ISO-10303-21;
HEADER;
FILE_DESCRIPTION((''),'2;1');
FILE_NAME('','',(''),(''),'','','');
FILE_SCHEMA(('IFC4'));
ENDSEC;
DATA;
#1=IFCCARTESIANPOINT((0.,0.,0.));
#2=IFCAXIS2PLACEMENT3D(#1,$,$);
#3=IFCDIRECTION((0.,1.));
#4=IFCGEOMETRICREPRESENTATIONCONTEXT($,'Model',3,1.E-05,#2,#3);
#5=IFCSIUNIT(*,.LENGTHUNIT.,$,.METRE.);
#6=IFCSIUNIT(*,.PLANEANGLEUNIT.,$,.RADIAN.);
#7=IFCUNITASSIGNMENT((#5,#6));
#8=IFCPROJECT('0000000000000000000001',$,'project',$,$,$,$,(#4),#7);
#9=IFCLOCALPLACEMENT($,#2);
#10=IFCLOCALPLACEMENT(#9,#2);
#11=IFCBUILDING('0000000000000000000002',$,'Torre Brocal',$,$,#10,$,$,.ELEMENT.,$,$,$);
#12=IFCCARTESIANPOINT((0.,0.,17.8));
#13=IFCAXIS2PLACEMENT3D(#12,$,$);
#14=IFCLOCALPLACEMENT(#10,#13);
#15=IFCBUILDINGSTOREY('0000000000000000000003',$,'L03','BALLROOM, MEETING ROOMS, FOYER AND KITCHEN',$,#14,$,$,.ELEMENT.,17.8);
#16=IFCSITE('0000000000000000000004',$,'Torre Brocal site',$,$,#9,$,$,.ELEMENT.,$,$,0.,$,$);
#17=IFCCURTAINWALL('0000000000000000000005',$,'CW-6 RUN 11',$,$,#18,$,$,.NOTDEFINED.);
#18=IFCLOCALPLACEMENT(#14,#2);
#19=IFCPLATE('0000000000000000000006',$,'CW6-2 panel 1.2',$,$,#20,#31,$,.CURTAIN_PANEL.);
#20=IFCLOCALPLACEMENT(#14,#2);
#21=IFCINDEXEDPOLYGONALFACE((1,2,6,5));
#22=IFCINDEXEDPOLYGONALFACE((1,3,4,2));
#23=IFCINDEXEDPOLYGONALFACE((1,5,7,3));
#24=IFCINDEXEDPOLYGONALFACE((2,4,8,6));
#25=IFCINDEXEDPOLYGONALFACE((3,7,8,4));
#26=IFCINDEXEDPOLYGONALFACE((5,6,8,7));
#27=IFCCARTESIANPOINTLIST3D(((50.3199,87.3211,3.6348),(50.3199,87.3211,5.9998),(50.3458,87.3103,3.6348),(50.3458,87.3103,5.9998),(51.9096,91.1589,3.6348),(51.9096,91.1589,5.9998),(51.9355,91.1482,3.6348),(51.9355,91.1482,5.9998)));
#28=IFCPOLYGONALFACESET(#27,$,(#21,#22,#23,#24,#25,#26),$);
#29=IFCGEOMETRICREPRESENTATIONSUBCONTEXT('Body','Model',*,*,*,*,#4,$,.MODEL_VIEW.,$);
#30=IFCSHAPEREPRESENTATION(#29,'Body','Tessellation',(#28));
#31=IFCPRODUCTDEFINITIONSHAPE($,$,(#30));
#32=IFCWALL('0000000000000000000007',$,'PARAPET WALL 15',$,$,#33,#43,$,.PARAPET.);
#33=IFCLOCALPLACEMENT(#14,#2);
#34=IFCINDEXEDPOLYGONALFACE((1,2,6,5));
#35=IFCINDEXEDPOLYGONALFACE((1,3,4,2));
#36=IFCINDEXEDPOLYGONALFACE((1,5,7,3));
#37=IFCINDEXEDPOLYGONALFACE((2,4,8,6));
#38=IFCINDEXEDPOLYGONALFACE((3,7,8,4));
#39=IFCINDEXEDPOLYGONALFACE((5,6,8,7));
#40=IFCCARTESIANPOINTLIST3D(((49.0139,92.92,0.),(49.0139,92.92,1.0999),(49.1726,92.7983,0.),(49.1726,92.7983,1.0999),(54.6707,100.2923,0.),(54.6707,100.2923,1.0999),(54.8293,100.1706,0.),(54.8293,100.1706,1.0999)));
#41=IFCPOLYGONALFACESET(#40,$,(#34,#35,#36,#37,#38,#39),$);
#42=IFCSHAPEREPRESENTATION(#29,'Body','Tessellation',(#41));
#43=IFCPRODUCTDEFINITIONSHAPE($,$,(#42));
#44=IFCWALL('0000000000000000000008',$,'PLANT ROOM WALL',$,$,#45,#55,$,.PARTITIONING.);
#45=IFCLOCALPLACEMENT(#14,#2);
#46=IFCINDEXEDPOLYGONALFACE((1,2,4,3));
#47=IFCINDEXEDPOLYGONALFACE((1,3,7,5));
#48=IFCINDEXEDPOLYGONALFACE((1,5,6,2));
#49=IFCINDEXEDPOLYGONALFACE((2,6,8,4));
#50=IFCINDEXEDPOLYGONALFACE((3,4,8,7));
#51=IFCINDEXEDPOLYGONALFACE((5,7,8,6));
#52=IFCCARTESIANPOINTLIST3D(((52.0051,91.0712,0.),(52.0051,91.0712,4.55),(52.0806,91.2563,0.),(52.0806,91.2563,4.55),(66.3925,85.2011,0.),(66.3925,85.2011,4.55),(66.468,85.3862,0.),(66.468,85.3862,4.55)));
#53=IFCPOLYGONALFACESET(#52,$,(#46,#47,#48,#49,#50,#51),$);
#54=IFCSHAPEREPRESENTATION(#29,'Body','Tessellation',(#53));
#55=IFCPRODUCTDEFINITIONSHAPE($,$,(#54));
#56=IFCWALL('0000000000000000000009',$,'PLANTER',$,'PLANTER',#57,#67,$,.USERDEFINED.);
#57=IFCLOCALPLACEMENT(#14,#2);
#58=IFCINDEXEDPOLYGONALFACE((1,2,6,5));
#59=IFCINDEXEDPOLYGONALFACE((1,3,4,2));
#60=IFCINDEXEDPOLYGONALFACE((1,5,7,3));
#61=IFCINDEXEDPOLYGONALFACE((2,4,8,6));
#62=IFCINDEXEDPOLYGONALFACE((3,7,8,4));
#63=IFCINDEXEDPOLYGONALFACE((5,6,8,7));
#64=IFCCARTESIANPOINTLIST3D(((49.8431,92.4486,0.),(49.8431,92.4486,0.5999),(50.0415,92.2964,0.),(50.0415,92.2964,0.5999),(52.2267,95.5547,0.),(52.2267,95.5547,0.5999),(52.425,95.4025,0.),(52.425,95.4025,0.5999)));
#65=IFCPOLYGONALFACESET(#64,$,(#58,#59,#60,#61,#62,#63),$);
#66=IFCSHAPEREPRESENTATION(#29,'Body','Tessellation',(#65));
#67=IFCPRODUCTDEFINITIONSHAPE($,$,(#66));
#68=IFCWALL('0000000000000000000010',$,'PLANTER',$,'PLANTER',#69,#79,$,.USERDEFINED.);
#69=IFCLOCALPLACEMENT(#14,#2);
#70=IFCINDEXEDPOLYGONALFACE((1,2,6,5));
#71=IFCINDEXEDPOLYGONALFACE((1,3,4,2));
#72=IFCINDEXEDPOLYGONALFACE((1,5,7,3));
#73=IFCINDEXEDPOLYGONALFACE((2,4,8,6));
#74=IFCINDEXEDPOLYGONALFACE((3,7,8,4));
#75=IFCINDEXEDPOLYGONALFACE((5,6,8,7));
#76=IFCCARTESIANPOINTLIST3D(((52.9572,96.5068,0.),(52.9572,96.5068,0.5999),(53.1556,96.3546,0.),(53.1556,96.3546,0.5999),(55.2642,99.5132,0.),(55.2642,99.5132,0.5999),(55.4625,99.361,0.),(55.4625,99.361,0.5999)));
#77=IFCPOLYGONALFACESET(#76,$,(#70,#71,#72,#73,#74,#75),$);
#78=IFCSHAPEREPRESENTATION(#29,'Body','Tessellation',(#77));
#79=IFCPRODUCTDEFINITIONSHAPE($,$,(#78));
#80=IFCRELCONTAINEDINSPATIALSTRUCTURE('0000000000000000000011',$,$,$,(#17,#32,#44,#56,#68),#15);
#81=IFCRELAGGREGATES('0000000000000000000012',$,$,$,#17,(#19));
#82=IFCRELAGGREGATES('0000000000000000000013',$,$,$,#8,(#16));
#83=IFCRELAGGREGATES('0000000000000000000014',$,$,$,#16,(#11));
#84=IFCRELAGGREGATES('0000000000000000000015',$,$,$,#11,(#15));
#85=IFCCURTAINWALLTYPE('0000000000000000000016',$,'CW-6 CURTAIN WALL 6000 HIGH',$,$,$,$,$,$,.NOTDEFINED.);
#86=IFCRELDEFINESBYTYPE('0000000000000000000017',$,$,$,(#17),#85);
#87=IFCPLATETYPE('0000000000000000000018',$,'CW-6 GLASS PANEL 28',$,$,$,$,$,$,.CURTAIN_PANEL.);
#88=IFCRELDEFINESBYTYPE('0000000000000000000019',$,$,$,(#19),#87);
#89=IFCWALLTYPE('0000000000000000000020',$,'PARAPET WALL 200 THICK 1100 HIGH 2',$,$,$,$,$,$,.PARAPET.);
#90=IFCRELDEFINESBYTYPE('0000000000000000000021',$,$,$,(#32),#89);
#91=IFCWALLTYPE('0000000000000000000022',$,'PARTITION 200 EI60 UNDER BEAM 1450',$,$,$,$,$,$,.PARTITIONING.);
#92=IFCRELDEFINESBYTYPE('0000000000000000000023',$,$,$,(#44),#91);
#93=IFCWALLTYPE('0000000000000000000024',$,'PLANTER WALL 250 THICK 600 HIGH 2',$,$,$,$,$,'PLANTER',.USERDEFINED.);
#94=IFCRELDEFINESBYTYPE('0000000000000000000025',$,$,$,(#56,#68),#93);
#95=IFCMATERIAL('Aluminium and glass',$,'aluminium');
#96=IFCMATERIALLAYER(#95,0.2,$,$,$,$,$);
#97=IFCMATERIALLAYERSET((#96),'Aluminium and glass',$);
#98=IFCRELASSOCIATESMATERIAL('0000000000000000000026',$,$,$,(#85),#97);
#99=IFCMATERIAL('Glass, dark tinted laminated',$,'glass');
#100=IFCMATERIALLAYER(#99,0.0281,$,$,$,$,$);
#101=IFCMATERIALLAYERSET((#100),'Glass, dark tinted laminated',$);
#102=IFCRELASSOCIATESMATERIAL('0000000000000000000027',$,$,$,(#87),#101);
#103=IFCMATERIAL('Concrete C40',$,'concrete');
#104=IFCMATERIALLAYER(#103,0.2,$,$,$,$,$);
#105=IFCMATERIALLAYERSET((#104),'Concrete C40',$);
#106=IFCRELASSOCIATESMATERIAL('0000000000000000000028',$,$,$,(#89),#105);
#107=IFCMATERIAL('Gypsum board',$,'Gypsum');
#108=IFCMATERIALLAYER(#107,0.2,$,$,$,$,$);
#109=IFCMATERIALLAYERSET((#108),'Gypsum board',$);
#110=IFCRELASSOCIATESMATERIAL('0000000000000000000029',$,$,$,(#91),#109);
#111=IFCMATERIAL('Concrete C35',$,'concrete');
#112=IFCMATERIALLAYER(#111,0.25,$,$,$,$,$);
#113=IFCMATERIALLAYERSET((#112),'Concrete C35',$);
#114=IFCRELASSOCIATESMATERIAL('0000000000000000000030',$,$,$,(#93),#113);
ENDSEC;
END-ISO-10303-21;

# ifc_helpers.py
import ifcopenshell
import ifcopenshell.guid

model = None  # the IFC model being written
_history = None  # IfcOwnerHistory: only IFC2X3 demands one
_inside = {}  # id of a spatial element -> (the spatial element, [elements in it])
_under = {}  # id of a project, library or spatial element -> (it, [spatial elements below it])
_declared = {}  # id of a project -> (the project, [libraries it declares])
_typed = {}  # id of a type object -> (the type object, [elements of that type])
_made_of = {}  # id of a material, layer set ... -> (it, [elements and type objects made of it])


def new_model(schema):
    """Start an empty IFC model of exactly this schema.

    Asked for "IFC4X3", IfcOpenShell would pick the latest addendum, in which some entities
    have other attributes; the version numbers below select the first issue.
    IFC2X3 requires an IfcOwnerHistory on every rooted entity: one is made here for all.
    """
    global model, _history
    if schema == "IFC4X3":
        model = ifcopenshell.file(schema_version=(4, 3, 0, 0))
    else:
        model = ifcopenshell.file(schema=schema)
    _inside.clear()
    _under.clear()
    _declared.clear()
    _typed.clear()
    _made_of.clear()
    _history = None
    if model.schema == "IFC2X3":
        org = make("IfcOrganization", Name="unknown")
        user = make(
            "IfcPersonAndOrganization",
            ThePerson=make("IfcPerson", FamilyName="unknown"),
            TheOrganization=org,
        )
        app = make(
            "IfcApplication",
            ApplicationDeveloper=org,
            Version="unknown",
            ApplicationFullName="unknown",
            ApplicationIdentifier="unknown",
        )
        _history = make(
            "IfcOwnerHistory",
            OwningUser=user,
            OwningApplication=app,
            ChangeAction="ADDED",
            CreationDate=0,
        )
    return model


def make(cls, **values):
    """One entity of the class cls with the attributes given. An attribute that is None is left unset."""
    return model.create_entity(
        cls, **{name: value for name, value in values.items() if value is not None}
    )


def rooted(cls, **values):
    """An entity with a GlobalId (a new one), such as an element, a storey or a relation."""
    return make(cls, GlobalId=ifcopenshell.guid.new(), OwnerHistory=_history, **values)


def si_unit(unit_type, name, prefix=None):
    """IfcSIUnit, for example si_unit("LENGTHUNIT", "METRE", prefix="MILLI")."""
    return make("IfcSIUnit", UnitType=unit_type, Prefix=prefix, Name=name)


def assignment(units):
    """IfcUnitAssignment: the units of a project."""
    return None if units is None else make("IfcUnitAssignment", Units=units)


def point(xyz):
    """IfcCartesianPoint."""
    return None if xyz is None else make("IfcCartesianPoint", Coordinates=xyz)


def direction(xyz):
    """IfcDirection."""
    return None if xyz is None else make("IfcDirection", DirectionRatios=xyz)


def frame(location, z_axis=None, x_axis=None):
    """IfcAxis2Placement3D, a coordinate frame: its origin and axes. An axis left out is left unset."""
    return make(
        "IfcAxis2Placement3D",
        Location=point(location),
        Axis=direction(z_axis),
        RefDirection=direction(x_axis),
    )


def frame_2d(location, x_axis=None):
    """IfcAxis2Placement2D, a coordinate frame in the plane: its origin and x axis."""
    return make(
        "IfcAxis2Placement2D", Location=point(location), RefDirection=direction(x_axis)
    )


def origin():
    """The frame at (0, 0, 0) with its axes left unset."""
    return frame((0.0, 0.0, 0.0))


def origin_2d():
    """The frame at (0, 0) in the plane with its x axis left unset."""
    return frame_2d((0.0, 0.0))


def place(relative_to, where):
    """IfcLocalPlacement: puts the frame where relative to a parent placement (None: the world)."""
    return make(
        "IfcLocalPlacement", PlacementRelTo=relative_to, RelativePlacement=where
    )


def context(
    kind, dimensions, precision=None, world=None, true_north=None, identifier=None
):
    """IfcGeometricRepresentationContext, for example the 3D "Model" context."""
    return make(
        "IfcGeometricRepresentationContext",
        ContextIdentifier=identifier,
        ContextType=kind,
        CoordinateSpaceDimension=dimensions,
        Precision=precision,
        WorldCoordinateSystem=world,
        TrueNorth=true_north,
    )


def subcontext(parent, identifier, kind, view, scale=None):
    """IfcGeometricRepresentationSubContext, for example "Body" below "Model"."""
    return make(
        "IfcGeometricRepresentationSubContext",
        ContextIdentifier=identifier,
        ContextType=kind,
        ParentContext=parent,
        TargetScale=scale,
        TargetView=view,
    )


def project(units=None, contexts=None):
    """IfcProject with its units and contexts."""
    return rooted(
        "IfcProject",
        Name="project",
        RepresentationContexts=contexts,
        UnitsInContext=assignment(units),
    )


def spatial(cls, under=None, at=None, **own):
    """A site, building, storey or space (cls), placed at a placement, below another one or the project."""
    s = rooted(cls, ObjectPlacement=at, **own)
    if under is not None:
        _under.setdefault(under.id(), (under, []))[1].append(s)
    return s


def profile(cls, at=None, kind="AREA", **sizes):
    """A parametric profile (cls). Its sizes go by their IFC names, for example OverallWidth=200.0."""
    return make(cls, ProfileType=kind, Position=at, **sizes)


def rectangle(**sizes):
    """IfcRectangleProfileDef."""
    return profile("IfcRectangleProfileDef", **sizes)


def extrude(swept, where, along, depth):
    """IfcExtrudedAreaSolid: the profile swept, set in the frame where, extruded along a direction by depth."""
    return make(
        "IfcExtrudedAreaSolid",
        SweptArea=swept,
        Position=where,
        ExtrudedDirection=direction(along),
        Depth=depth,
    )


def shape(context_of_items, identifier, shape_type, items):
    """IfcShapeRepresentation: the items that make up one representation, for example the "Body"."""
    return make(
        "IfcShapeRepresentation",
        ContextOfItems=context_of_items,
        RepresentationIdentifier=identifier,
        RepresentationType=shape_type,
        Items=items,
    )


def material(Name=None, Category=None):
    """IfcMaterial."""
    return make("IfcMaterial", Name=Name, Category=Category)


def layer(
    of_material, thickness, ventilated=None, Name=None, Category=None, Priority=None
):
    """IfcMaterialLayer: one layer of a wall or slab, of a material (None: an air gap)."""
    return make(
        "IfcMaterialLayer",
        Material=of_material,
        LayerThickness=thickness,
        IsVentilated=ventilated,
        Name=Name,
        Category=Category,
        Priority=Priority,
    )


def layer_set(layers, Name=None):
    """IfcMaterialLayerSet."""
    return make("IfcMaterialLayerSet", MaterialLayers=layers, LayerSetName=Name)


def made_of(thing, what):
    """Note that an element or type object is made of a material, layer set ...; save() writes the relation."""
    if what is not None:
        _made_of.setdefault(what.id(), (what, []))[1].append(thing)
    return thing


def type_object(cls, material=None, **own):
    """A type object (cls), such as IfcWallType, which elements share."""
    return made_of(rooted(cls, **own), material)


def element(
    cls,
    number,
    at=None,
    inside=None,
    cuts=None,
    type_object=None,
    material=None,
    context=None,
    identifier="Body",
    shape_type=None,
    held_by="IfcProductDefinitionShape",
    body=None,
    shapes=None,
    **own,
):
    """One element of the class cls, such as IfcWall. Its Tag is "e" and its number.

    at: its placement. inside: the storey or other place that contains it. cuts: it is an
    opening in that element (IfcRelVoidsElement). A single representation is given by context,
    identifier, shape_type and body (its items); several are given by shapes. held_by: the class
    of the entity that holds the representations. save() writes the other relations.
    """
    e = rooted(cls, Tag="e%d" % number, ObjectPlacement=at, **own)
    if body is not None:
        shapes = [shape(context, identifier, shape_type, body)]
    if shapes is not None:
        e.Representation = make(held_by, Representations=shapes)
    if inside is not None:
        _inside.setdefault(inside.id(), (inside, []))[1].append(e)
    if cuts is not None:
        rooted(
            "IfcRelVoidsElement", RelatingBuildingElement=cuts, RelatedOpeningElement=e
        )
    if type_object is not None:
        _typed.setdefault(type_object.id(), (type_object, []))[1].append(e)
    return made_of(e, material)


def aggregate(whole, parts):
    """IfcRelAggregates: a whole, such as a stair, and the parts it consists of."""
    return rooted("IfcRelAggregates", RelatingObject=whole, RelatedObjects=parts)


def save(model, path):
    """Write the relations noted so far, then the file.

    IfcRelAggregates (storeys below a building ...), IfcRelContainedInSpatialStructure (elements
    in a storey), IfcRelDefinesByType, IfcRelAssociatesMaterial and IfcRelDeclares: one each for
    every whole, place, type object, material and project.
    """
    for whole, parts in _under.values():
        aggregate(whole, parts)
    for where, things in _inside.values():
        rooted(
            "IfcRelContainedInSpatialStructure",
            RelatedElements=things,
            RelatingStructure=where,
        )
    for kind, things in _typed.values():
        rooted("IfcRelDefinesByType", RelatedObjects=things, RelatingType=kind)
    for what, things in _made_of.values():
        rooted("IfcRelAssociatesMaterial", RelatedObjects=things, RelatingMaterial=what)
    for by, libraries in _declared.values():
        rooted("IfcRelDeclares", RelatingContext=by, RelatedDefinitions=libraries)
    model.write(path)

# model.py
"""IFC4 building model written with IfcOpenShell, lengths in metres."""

from ifc_helpers import new_model, si_unit, direction, frame, frame_2d, origin, origin_2d, place, context, subcontext, project, spatial, rectangle, extrude, material, layer, layer_set, type_object, element, aggregate, save


model = new_model("IFC4")

# Units and contexts
model_context = context("Model", 3, precision=1e-05, world=origin(), true_north=direction((0.0, 1.0)))
body_context = subcontext(model_context, "Body", "Model", "MODEL_VIEW")
ifc_project = project(units=[si_unit("LENGTHUNIT", "METRE"), si_unit("PLANEANGLEUNIT", "RADIAN")], contexts=[model_context])

# Site, building, storey
site_placement = place(None, origin())
site = spatial("IfcSite", under=ifc_project, at=site_placement, Name="Torre Brocal site", CompositionType="ELEMENT", RefElevation=0.0)
building_placement = place(site_placement, origin())
building = spatial("IfcBuilding", under=site, at=building_placement, Name="Torre Brocal", CompositionType="ELEMENT")
storey_placement = place(building_placement, frame((0.0, 0.0, 17.8)))
storey = spatial("IfcBuildingStorey", under=building, at=storey_placement, Name="L03", Description="BALLROOM, MEETING ROOMS, FOYER AND KITCHEN", CompositionType="ELEMENT", Elevation=17.8)

# Curtain wall
ifc_material_1 = material(Name="Aluminium and glass", Category="aluminium")
ifc_layer_1 = layer(ifc_material_1, 0.2)
ifc_layer_set_1 = layer_set([ifc_layer_1], Name="Aluminium and glass")
curtain_wall_type = type_object("IfcCurtainWallType", Name="CW-6 CURTAIN WALL 6000 HIGH", PredefinedType="NOTDEFINED", material=ifc_layer_set_1)
curtain_wall_placement = place(storey_placement, origin())
curtain_wall = element("IfcCurtainWall", 1, at=curtain_wall_placement, inside=storey, type_object=curtain_wall_type, Name="CW-6 RUN 11", PredefinedType="NOTDEFINED")

# Plate
ifc_material_2 = material(Name="Glass, dark tinted laminated", Category="glass")
ifc_layer_2 = layer(ifc_material_2, 0.0281)
ifc_layer_set_2 = layer_set([ifc_layer_2], Name="Glass, dark tinted laminated")
plate_type = type_object("IfcPlateType", Name="CW-6 GLASS PANEL 28", PredefinedType="CURTAIN_PANEL", material=ifc_layer_set_2)
plate_1_placement = place(storey_placement, frame((51.1277, 89.2346, 3.6348), z_axis=(0.0, 0.0, 1.0), x_axis=(-0.382683, -0.92388, 0.0)))
plate_1 = element("IfcPlate", 2, at=plate_1_placement, type_object=plate_type, Name="CW6-2 panel 1.2", PredefinedType="CURTAIN_PANEL", context=body_context, shape_type="SweptSolid", body=[
    extrude(rectangle(XDim=4.1541, YDim=0.0281, at=origin_2d()), origin(), (0.0, 0.0, 1.0), 2.365),
])
aggregate(curtain_wall, [plate_1])

# Walls
ifc_material_3 = material(Name="Concrete C40", Category="concrete")
ifc_layer_3 = layer(ifc_material_3, 0.2)
ifc_layer_set_3 = layer_set([ifc_layer_3], Name="Concrete C40")
wall_type_1 = type_object("IfcWallType", Name="PARAPET WALL 200 THICK 1100 HIGH 2", PredefinedType="PARAPET", material=ifc_layer_set_3)
wall_1_placement = place(storey_placement, frame((49.0933, 92.8591, 0.0), z_axis=(0.0, 0.0, 1.0), x_axis=(0.608745, 0.793366, 0.0)))
element("IfcWall", 3, at=wall_1_placement, inside=storey, type_object=wall_type_1, Name="PARAPET WALL 15", PredefinedType="PARAPET", context=body_context, shape_type="SweptSolid", body=[
    extrude(rectangle(XDim=9.2925, YDim=0.2, at=frame_2d((4.6462, 0.0))), origin(), (0.0, 0.0, 1.0), 1.0999),
])
ifc_material_4 = material(Name="Gypsum board", Category="Gypsum")
ifc_layer_4 = layer(ifc_material_4, 0.2)
ifc_layer_set_4 = layer_set([ifc_layer_4], Name="Gypsum board")
wall_type_2 = type_object("IfcWallType", Name="PARTITION 200 EI60 UNDER BEAM 1450", PredefinedType="PARTITIONING", material=ifc_layer_set_4)
wall_2_placement = place(storey_placement, frame((52.0427, 91.1638, 0.0), z_axis=(0.0, 0.0, 1.0), x_axis=(0.9259, -0.377769, 0.0)))
element("IfcWall", 4, at=wall_2_placement, inside=storey, type_object=wall_type_2, Name="PLANT ROOM WALL", PredefinedType="PARTITIONING", context=body_context, shape_type="SweptSolid", body=[
    extrude(rectangle(XDim=15.5388, YDim=0.2, at=frame_2d((7.7695, 0.0))), origin(), (0.0, 0.0, 1.0), 4.55),
])
ifc_material_5 = material(Name="Concrete C35", Category="concrete")
ifc_layer_5 = layer(ifc_material_5, 0.25)
ifc_layer_set_5 = layer_set([ifc_layer_5], Name="Concrete C35")
wall_type_3 = type_object("IfcWallType", Name="PLANTER WALL 250 THICK 600 HIGH 2", ElementType="PLANTER", PredefinedType="USERDEFINED", material=ifc_layer_set_5)
wall_3_placement = place(storey_placement, frame((49.9424, 92.3726, 0.0), z_axis=(0.0, 0.0, 1.0), x_axis=(0.608773, 0.793344, 0.0)))
element("IfcWall", 5, at=wall_3_placement, inside=storey, type_object=wall_type_3, Name="PLANTER", ObjectType="PLANTER", PredefinedType="USERDEFINED", context=body_context, shape_type="SweptSolid", body=[
    extrude(rectangle(XDim=3.9153, YDim=0.25, at=frame_2d((1.9575, 0.0))), origin(), (0.0, 0.0, 1.0), 0.5999),
])
wall_4_placement = place(storey_placement, frame((53.0564, 96.4307, 0.0), z_axis=(0.0, 0.0, 1.0), x_axis=(0.608767, 0.793349, 0.0)))
element("IfcWall", 6, at=wall_4_placement, inside=storey, type_object=wall_type_3, Name="PLANTER", ObjectType="PLANTER", PredefinedType="USERDEFINED", context=body_context, shape_type="SweptSolid", body=[
    extrude(rectangle(XDim=3.7896, YDim=0.25, at=frame_2d((1.8948, 0.0))), origin(), (0.0, 0.0, 1.0), 0.5999),
])

save(model, "model.ifc")
